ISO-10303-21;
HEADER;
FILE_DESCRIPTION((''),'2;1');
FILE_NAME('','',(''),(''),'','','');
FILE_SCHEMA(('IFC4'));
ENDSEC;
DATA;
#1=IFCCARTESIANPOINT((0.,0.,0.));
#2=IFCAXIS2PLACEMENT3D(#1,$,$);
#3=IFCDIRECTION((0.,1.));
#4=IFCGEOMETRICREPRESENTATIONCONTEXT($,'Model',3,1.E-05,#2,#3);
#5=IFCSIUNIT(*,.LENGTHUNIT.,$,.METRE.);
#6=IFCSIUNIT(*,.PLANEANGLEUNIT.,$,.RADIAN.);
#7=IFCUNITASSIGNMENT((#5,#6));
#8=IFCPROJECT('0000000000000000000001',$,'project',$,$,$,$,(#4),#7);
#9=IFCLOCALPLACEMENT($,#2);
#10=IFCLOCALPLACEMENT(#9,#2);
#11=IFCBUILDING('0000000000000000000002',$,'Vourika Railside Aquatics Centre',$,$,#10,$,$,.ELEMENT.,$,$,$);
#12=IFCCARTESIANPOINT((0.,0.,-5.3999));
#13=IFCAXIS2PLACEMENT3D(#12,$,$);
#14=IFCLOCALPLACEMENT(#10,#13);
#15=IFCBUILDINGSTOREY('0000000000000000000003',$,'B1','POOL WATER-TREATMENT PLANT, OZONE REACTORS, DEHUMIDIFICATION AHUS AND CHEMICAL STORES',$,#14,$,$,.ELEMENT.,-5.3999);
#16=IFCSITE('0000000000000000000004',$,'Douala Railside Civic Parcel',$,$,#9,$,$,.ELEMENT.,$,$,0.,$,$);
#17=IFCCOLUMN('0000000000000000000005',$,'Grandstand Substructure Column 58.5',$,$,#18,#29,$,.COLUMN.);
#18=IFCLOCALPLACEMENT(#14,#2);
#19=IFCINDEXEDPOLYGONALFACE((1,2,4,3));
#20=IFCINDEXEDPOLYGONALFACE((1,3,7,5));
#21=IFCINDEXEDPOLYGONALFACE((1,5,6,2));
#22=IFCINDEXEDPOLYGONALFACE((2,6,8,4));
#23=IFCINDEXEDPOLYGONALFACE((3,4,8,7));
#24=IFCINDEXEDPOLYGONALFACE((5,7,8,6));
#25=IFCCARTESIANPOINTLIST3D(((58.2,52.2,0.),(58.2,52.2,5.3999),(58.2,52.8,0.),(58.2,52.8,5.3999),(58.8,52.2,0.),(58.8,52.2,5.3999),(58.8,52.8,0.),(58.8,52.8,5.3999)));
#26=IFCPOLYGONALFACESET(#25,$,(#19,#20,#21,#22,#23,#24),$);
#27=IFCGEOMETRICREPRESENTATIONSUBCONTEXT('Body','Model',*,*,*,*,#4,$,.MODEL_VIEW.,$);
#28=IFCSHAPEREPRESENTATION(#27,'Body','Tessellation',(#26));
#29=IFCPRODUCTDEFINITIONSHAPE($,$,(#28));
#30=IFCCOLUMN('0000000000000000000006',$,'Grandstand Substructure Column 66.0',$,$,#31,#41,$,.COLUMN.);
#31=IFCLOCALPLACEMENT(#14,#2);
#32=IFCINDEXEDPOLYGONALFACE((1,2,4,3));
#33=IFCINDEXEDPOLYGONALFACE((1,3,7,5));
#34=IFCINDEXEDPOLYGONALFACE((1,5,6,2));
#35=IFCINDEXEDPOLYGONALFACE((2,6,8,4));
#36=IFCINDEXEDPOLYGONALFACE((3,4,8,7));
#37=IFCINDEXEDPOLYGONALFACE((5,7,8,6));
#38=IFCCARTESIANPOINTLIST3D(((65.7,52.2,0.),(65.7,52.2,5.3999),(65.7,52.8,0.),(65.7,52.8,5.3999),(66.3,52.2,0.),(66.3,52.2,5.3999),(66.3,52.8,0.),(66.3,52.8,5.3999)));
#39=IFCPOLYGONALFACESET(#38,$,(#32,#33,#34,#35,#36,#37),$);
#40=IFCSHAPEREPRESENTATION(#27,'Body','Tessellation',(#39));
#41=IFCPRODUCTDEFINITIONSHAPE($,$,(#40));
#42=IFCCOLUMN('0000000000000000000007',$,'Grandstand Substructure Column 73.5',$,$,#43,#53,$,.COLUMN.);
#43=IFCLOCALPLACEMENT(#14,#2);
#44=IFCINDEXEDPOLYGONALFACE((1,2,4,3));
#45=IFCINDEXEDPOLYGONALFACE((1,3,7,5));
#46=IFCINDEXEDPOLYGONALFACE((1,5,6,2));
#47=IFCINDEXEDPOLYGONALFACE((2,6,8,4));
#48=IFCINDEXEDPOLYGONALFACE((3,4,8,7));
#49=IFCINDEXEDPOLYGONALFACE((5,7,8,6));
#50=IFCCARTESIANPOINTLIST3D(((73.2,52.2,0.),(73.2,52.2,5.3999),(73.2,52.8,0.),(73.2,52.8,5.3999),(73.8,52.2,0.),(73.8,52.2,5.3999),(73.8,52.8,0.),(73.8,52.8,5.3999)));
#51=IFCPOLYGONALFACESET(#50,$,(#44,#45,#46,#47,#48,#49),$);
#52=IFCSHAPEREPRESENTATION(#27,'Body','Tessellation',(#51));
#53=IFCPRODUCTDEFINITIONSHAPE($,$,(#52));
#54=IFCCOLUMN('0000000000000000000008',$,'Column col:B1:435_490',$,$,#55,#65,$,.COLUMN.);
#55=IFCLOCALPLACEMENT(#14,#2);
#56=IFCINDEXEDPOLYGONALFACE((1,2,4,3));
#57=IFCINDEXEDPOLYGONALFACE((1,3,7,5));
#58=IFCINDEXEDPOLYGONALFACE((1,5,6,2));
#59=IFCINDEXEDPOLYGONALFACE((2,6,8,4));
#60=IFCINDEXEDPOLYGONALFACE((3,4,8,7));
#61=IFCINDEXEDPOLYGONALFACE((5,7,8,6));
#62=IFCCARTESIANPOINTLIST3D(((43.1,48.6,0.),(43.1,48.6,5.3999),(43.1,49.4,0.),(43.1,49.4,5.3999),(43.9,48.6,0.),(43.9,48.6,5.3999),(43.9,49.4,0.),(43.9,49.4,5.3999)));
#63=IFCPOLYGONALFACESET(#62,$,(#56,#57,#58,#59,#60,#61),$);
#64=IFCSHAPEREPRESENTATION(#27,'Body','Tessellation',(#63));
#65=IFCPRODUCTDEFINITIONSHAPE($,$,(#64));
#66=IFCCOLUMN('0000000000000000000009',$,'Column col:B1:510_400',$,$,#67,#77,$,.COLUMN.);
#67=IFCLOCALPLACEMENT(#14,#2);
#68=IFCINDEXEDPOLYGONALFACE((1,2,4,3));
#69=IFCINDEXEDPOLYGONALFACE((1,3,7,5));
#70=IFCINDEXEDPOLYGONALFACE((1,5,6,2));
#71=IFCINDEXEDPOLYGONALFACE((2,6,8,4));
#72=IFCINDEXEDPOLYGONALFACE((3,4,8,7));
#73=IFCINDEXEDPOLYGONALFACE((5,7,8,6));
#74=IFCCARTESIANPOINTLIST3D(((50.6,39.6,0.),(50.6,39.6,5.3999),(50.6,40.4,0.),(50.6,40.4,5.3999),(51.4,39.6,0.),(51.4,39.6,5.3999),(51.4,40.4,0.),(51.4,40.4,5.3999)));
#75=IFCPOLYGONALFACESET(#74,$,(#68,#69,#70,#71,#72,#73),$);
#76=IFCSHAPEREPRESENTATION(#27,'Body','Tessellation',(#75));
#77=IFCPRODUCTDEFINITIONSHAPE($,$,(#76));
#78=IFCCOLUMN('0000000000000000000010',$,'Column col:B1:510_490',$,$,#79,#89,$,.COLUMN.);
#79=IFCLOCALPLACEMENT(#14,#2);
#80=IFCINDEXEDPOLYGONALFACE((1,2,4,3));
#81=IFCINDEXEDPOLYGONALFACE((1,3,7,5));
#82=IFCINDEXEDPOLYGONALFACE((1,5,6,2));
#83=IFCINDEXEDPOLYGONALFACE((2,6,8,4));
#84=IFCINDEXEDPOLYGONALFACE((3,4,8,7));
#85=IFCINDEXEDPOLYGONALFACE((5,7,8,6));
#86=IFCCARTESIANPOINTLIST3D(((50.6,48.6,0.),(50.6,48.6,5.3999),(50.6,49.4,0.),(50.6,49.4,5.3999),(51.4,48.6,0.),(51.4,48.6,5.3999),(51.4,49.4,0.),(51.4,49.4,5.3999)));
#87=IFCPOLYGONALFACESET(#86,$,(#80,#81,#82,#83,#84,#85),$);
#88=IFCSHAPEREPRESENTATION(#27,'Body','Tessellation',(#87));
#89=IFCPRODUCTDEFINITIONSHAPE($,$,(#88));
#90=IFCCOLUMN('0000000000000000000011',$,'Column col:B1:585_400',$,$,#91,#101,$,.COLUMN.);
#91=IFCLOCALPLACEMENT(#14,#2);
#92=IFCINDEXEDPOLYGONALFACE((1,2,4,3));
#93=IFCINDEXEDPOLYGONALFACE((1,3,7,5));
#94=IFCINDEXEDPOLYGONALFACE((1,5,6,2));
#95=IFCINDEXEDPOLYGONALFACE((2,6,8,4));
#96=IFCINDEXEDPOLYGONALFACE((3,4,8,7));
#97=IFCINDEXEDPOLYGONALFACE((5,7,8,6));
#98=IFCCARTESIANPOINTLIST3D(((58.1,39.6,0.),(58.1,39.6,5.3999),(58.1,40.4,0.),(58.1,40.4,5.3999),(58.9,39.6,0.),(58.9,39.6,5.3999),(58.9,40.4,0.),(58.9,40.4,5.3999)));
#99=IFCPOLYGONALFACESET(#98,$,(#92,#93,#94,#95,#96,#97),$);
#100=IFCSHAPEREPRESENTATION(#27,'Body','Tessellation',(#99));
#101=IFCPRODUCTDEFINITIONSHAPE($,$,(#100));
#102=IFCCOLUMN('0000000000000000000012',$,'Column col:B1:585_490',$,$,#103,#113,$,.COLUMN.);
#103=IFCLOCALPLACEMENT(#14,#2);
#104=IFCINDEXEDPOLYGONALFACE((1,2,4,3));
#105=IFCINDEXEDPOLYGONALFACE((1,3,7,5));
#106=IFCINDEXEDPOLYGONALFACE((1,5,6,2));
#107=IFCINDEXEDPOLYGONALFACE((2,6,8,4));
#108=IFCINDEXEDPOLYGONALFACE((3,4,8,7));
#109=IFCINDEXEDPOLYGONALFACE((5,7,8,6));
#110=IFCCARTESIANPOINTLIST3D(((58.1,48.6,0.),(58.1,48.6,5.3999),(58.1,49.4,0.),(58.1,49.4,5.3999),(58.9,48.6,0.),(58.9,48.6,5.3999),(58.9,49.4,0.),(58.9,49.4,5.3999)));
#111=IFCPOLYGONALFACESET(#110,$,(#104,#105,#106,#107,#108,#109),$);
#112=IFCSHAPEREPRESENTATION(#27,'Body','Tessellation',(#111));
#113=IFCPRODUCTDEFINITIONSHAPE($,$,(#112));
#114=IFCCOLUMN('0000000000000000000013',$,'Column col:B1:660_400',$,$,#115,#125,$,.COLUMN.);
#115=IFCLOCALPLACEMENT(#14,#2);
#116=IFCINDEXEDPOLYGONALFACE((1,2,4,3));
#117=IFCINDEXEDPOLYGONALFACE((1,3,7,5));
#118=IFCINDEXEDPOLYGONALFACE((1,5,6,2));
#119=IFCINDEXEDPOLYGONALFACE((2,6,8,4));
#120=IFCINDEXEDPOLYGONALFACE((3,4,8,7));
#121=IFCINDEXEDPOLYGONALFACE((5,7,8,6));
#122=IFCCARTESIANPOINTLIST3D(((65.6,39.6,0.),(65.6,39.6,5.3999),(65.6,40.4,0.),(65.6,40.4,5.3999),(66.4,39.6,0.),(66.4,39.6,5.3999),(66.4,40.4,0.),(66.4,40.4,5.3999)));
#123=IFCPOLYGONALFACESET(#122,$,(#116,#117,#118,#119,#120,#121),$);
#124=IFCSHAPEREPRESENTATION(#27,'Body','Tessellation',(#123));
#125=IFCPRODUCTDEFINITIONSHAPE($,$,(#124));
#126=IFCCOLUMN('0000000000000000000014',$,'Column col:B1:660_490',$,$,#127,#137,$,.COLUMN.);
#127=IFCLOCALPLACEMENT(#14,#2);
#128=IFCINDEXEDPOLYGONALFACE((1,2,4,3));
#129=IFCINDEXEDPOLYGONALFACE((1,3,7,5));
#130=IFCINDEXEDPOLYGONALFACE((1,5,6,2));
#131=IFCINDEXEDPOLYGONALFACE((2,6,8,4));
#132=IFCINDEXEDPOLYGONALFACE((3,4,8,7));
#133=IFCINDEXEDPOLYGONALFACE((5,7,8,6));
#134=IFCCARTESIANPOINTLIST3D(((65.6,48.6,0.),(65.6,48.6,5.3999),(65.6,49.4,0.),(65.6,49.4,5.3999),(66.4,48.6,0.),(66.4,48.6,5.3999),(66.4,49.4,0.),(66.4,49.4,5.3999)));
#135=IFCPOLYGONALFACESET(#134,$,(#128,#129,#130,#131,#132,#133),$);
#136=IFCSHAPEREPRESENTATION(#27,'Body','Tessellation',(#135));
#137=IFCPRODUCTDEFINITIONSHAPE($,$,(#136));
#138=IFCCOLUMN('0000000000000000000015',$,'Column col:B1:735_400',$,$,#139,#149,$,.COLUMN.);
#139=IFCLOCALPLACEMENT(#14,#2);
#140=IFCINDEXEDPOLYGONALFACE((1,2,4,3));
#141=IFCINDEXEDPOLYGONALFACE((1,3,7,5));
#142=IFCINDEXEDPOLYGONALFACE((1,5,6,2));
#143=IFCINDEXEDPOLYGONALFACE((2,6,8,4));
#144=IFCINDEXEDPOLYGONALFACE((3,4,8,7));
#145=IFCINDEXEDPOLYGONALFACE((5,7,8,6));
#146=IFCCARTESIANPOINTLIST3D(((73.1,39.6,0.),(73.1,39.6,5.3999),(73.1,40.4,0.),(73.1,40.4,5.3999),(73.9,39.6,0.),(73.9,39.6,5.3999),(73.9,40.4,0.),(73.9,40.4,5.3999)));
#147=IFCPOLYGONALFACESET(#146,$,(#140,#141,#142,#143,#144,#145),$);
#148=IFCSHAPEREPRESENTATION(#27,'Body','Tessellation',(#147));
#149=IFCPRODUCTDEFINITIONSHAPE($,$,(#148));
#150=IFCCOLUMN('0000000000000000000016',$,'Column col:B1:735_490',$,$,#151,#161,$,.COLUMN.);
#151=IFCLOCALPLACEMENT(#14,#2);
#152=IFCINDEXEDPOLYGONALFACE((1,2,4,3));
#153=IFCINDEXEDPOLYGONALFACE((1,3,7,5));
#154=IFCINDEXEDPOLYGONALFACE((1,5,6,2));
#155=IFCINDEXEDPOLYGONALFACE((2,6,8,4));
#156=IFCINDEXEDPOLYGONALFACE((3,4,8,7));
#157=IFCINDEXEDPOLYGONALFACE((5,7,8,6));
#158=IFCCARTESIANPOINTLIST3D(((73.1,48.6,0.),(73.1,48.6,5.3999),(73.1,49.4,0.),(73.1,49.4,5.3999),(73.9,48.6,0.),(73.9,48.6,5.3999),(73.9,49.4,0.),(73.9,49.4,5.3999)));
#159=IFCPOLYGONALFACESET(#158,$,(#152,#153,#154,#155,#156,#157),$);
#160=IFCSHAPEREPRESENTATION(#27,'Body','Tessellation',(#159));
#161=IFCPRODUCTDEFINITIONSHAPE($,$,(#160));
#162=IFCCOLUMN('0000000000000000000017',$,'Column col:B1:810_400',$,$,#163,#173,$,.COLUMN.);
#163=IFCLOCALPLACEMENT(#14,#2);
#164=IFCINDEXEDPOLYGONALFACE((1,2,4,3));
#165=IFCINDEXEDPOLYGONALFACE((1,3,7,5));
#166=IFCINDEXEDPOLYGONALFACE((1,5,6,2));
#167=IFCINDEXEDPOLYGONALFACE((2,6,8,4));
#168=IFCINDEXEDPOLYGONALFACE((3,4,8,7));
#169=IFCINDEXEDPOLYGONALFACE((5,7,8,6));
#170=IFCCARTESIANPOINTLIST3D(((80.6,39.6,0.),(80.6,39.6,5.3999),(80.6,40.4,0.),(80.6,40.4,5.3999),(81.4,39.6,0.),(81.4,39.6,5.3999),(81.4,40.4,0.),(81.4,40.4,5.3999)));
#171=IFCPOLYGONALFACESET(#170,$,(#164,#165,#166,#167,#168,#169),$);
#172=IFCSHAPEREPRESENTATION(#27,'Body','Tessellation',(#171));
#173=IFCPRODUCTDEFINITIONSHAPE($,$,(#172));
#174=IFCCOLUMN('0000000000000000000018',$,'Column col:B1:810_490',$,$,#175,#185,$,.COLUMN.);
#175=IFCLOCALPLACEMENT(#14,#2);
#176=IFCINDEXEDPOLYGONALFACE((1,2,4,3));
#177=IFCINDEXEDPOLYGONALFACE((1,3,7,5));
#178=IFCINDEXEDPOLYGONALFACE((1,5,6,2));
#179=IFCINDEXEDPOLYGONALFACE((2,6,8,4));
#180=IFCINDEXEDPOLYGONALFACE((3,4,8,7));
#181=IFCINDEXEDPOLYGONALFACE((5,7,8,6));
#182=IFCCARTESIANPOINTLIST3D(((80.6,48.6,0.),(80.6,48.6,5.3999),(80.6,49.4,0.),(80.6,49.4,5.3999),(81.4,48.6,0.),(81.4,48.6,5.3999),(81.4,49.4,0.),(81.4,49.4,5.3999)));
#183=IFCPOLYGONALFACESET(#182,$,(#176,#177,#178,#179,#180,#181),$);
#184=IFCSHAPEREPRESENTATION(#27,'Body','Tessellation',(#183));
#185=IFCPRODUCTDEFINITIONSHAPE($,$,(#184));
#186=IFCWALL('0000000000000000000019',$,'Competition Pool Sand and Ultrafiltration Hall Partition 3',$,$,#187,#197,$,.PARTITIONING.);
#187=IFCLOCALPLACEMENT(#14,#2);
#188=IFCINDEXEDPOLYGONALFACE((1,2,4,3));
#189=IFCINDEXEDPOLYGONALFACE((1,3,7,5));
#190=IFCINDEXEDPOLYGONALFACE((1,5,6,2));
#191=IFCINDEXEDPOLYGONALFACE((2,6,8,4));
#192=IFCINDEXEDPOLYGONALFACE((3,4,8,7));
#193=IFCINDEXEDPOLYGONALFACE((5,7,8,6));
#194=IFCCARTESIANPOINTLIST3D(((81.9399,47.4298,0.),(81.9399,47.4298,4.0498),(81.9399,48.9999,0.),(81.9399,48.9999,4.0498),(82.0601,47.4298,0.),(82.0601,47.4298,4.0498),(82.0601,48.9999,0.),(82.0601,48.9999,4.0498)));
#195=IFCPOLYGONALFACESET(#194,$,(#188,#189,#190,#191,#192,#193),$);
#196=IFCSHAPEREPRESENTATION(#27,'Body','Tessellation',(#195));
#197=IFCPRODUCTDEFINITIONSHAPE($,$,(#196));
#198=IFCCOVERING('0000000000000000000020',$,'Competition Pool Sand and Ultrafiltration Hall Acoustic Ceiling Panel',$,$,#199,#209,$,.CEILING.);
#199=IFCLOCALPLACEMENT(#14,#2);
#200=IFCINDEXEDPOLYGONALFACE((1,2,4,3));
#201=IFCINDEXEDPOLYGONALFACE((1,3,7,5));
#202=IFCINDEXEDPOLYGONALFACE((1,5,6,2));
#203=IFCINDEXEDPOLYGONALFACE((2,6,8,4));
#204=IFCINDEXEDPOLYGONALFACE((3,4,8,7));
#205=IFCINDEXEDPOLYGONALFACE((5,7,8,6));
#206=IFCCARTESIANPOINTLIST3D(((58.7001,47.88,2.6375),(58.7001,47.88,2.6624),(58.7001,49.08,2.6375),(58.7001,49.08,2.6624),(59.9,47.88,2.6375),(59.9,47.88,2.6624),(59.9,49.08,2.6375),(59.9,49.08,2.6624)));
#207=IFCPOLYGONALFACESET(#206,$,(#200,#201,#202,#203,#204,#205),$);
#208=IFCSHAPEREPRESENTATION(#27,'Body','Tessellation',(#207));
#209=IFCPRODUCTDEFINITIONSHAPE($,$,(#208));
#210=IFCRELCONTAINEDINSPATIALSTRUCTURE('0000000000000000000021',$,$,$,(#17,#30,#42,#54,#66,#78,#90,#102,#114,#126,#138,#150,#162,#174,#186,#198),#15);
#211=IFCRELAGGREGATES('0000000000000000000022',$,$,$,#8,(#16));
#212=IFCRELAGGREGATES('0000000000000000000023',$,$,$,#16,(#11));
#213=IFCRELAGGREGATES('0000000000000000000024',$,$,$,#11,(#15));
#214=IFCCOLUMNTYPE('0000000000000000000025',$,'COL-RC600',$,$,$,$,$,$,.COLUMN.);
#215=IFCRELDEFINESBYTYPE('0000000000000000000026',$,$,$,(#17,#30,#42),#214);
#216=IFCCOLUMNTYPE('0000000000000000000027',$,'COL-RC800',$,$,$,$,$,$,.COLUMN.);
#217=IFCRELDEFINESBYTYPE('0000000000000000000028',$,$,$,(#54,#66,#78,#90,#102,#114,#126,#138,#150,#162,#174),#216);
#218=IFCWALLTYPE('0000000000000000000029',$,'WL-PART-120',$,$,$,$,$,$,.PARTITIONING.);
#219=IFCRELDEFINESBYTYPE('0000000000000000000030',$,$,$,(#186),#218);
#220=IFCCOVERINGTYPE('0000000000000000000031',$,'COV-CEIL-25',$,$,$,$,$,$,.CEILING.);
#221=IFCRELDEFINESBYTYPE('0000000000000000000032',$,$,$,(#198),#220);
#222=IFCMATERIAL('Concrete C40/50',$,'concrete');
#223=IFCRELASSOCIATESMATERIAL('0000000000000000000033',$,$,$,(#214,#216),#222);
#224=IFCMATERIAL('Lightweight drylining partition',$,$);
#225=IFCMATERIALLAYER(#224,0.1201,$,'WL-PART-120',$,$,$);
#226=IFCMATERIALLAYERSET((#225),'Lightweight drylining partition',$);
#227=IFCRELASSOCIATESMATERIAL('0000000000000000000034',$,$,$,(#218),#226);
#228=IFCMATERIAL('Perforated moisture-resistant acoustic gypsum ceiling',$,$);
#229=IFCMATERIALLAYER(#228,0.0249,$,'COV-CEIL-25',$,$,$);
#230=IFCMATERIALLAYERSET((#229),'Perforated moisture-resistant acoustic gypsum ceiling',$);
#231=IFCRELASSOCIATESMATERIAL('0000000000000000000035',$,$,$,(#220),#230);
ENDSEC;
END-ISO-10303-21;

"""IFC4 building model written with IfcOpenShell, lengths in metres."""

from ifc_helpers import new_model, si_unit, direction, frame, frame_2d, origin, origin_2d, place, context, subcontext, project, spatial, rectangle, extrude, material, layer, layer_set, material_profile, profile_set, type_object, element, save


model = new_model("IFC4")

# Units and contexts
model_context = context("Model", 3, precision=1e-05, world=origin(), true_north=direction((0.0, 1.0)))
body_context = subcontext(model_context, "Body", "Model", "MODEL_VIEW")
ifc_project = project(units=[si_unit("LENGTHUNIT", "METRE"), si_unit("PLANEANGLEUNIT", "RADIAN")], contexts=[model_context])

# Site, building, storey
site_placement = place(None, origin())
site = spatial("IfcSite", under=ifc_project, at=site_placement, Name="Douala Railside Civic Parcel", CompositionType="ELEMENT", RefElevation=0.0)
building_placement = place(site_placement, origin())
building = spatial("IfcBuilding", under=site, at=building_placement, Name="Vourika Railside Aquatics Centre", CompositionType="ELEMENT")
storey_placement = place(building_placement, frame((0.0, 0.0, -5.3999)))
storey = spatial("IfcBuildingStorey", under=building, at=storey_placement, Name="B1", Description="POOL WATER-TREATMENT PLANT, OZONE REACTORS, DEHUMIDIFICATION AHUS AND CHEMICAL STORES", CompositionType="ELEMENT", Elevation=-5.3999)

# Shared definitions
ifc_material_1 = material(Name="Concrete C40/50", Category="concrete")

# Columns
ifc_material_profile_1 = material_profile(ifc_material_1, rectangle(XDim=0.6001, YDim=0.6001, at=origin_2d()), Name="RC 600x600")
ifc_profile_set_1 = profile_set([ifc_material_profile_1], Name="Concrete C40/50")
column_type_1 = type_object("IfcColumnType", Name="COL-RC600", PredefinedType="COLUMN", material=ifc_profile_set_1)
for number, where, z_axis, x_axis, name in (
    (1, (58.5, 52.5, 0.0), (0.0, 0.0, 1.0), (1.0, 0.0, 0.0), "Grandstand Substructure Column 58.5"),
    (2, (66.0, 52.5, 0.0), (0.0, 0.0, 1.0), (1.0, 0.0, 0.0), "Grandstand Substructure Column 66.0"),
    (3, (73.5, 52.5, 0.0), (0.0, 0.0, 1.0), (1.0, 0.0, 0.0), "Grandstand Substructure Column 73.5"),
):
    element("IfcColumn", number, at=place(storey_placement, frame(where, z_axis=z_axis, x_axis=x_axis)), inside=storey, type_object=column_type_1, Name=name, PredefinedType="COLUMN", context=body_context, shape_type="SweptSolid", body=[
        extrude(rectangle(XDim=0.6001, YDim=0.6001, at=origin_2d()), origin(), (0.0, 0.0, 1.0), 5.3999),
    ])
ifc_material_profile_2 = material_profile(ifc_material_1, rectangle(XDim=0.8, YDim=0.8, at=origin_2d()), Name="RC 800x800")
ifc_profile_set_2 = profile_set([ifc_material_profile_2], Name="Concrete C40/50")
column_type_2 = type_object("IfcColumnType", Name="COL-RC800", PredefinedType="COLUMN", material=ifc_profile_set_2)
for number, where, z_axis, x_axis, name in (
    (4, (43.5, 49.0, 0.0), (0.0, 0.0, 1.0), (1.0, 0.0, 0.0), "Column col:B1:435_490"),
    (5, (51.0, 40.0, 0.0), (0.0, 0.0, 1.0), (1.0, 0.0, 0.0), "Column col:B1:510_400"),
    (6, (51.0, 49.0, 0.0), (0.0, 0.0, 1.0), (1.0, 0.0, 0.0), "Column col:B1:510_490"),
    (7, (58.5, 40.0, 0.0), (0.0, 0.0, 1.0), (1.0, 0.0, 0.0), "Column col:B1:585_400"),
    (8, (58.5, 49.0, 0.0), (0.0, 0.0, 1.0), (1.0, 0.0, 0.0), "Column col:B1:585_490"),
    (9, (66.0, 40.0, 0.0), (0.0, 0.0, 1.0), (1.0, 0.0, 0.0), "Column col:B1:660_400"),
    (10, (66.0, 49.0, 0.0), (0.0, 0.0, 1.0), (1.0, 0.0, 0.0), "Column col:B1:660_490"),
    (11, (73.5, 40.0, 0.0), (0.0, 0.0, 1.0), (1.0, 0.0, 0.0), "Column col:B1:735_400"),
    (12, (73.5, 49.0, 0.0), (0.0, 0.0, 1.0), (1.0, 0.0, 0.0), "Column col:B1:735_490"),
    (13, (81.0, 40.0, 0.0), (0.0, 0.0, 1.0), (1.0, 0.0, 0.0), "Column col:B1:810_400"),
    (14, (81.0, 49.0, 0.0), (0.0, 0.0, 1.0), (1.0, 0.0, 0.0), "Column col:B1:810_490"),
):
    element("IfcColumn", number, at=place(storey_placement, frame(where, z_axis=z_axis, x_axis=x_axis)), inside=storey, type_object=column_type_2, Name=name, PredefinedType="COLUMN", context=body_context, shape_type="SweptSolid", body=[
        extrude(rectangle(XDim=0.8, YDim=0.8, at=origin_2d()), origin(), (0.0, 0.0, 1.0), 5.3999),
    ])

# Wall
ifc_material_2 = material(Name="Lightweight drylining partition")
ifc_layer_1 = layer(ifc_material_2, 0.1201, Name="WL-PART-120")
ifc_layer_set_1 = layer_set([ifc_layer_1], Name="Lightweight drylining partition")
wall_type = type_object("IfcWallType", Name="WL-PART-120", PredefinedType="PARTITIONING", material=ifc_layer_set_1)
wall_placement = place(storey_placement, frame((82.0, 49.0, 0.0), z_axis=(0.0, 0.0, 1.0), x_axis=(0.0, -1.0, 0.0)))
element("IfcWall", 15, at=wall_placement, inside=storey, type_object=wall_type, Name="Competition Pool Sand and Ultrafiltration Hall Partition 3", PredefinedType="PARTITIONING", context=body_context, shape_type="SweptSolid", body=[
    extrude(rectangle(XDim=1.5701, YDim=0.1201, at=frame_2d((0.7852, 0.0))), origin(), (0.0, 0.0, 1.0), 4.0498),
])

# Covering
ifc_material_3 = material(Name="Perforated moisture-resistant acoustic gypsum ceiling")
ifc_layer_2 = layer(ifc_material_3, 0.0249, Name="COV-CEIL-25")
ifc_layer_set_2 = layer_set([ifc_layer_2], Name="Perforated moisture-resistant acoustic gypsum ceiling")
covering_type = type_object("IfcCoveringType", Name="COV-CEIL-25", PredefinedType="CEILING", material=ifc_layer_set_2)
covering_placement = place(storey_placement, frame((59.3, 48.48, 2.6375), z_axis=(0.0, 0.0, 1.0), x_axis=(1.0, 0.0, 0.0)))
element("IfcCovering", 16, at=covering_placement, inside=storey, type_object=covering_type, Name="Competition Pool Sand and Ultrafiltration Hall Acoustic Ceiling Panel", PredefinedType="CEILING", context=body_context, shape_type="SweptSolid", body=[
    extrude(rectangle(XDim=1.2, YDim=1.2, at=origin_2d()), origin(), (0.0, 0.0, 1.0), 0.0249),
])

save(model, "model.ifc")
